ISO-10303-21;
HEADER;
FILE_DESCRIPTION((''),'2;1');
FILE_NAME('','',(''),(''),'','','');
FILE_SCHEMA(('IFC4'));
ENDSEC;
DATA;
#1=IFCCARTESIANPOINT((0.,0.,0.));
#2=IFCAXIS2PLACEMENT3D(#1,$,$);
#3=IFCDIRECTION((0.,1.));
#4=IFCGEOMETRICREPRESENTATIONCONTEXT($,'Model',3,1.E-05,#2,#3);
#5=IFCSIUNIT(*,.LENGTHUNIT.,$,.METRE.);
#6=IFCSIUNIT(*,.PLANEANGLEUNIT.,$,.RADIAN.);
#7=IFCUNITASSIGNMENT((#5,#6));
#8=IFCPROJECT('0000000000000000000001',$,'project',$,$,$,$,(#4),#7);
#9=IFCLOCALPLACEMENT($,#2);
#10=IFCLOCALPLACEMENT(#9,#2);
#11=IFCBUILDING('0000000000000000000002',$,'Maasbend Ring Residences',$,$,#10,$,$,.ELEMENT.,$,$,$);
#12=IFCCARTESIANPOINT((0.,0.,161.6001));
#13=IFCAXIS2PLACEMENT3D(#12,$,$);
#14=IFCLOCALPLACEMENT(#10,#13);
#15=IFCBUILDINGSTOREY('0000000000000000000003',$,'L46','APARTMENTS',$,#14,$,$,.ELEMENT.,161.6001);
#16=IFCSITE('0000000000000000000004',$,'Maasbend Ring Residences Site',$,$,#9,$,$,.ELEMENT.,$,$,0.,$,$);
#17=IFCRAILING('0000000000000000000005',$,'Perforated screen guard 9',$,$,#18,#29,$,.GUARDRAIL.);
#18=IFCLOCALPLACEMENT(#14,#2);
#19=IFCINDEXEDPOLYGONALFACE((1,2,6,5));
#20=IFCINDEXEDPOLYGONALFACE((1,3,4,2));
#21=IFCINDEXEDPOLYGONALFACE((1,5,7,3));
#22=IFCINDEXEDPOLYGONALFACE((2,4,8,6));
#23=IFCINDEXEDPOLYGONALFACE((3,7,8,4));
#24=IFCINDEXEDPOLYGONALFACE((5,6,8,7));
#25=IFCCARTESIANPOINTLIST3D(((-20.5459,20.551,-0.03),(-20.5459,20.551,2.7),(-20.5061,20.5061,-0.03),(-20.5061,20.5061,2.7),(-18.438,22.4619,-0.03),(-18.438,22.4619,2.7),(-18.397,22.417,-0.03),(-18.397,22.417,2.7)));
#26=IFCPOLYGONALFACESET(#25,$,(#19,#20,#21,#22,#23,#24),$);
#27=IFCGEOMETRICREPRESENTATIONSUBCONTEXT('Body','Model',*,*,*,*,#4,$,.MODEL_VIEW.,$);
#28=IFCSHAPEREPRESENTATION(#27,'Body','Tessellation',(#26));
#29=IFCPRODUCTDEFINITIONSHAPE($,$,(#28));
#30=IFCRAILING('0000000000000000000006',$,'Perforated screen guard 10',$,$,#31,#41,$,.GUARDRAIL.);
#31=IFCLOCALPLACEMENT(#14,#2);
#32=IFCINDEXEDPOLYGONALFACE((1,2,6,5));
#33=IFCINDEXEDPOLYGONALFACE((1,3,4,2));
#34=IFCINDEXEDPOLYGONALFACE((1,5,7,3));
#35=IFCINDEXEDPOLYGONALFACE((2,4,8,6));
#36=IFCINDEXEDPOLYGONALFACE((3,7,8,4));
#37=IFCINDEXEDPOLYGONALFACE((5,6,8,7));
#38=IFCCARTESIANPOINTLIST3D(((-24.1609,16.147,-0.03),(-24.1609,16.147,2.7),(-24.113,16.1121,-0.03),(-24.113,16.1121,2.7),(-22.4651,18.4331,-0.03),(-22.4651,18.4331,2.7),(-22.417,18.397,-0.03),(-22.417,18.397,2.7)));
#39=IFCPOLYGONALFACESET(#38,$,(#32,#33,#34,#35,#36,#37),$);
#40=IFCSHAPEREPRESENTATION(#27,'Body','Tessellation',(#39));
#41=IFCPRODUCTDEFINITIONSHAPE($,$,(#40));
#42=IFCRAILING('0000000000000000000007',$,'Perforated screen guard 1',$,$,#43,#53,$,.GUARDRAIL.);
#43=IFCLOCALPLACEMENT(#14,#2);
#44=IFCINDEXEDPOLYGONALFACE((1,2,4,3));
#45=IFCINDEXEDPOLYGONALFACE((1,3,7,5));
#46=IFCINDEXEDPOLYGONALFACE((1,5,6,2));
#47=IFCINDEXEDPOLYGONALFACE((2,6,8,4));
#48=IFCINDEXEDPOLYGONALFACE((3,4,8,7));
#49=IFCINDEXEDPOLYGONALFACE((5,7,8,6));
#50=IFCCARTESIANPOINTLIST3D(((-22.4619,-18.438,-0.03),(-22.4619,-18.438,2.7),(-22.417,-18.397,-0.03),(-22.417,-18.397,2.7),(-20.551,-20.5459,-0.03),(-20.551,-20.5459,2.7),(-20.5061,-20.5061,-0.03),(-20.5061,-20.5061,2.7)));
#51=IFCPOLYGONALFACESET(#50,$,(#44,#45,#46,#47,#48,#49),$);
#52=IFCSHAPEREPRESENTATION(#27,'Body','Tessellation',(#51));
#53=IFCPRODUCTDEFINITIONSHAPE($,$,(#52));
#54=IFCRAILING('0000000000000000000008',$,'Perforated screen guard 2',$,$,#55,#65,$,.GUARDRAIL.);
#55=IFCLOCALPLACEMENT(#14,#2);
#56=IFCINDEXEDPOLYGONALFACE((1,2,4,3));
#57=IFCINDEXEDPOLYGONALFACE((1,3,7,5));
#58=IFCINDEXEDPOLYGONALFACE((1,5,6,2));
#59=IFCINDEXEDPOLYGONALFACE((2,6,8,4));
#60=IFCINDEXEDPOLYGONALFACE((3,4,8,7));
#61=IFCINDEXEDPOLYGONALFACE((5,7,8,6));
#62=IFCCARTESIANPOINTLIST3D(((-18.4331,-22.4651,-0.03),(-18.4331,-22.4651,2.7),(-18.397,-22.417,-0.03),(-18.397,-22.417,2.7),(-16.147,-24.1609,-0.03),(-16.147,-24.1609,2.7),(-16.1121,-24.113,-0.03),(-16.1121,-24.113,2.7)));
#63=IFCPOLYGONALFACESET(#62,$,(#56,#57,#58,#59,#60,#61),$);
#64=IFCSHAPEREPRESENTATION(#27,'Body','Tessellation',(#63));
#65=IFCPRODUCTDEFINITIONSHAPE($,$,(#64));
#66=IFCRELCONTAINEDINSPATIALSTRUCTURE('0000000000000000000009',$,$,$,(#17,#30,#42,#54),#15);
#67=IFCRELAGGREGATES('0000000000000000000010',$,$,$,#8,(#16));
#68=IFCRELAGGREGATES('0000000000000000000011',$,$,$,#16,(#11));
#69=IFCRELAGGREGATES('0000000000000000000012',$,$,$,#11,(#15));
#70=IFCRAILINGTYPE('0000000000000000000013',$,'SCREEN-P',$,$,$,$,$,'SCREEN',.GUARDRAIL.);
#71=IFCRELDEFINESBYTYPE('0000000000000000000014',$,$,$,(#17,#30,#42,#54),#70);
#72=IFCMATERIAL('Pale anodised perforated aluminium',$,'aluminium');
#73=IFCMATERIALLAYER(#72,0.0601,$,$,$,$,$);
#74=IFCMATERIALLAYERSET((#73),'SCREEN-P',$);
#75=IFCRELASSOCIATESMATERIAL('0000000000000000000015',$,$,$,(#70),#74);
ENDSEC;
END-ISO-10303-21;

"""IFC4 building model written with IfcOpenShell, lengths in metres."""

from ifc_helpers import new_model, si_unit, direction, frame, origin, place, context, subcontext, project, spatial, polyline, outline, extrude, material, layer, layer_set, type_object, element, save


model = new_model("IFC4")

# Units and contexts
model_context = context("Model", 3, precision=1e-05, world=origin(), true_north=direction((0.0, 1.0)))
body_context = subcontext(model_context, "Body", "Model", "MODEL_VIEW")
ifc_project = project(units=[si_unit("LENGTHUNIT", "METRE"), si_unit("PLANEANGLEUNIT", "RADIAN")], contexts=[model_context])

# Site, building, storey
site_placement = place(None, origin())
site = spatial("IfcSite", under=ifc_project, at=site_placement, Name="Maasbend Ring Residences Site", CompositionType="ELEMENT", RefElevation=0.0)
building_placement = place(site_placement, origin())
building = spatial("IfcBuilding", under=site, at=building_placement, Name="Maasbend Ring Residences", CompositionType="ELEMENT")
storey_placement = place(building_placement, frame((0.0, 0.0, 161.6001)))
storey = spatial("IfcBuildingStorey", under=building, at=storey_placement, Name="L46", Description="APARTMENTS", CompositionType="ELEMENT", Elevation=161.6001)

# Railings
ifc_material_1 = material(Name="Pale anodised perforated aluminium", Category="aluminium")
ifc_layer_1 = layer(ifc_material_1, 0.0601)
ifc_layer_set_1 = layer_set([ifc_layer_1], Name="SCREEN-P")
railing_type = type_object("IfcRailingType", Name="SCREEN-P", ElementType="SCREEN", PredefinedType="GUARDRAIL", material=ifc_layer_set_1)
railing_1_placement = place(storey_placement, frame((0.0, 0.0, -0.03)))
element("IfcRailing", 1, at=railing_1_placement, inside=storey, type_object=railing_type, Name="Perforated screen guard 9", PredefinedType="GUARDRAIL", context=body_context, shape_type="SweptSolid", body=[
    extrude(outline(polyline([(-18.397, 22.417), (-20.5061, 20.5061), (-20.5459, 20.551), (-18.438, 22.4619), (-18.397, 22.417)])), origin(), (0.0, 0.0, 1.0), 2.73),
])
railing_2_placement = place(storey_placement, frame((0.0, 0.0, -0.03)))
element("IfcRailing", 2, at=railing_2_placement, inside=storey, type_object=railing_type, Name="Perforated screen guard 10", PredefinedType="GUARDRAIL", context=body_context, shape_type="SweptSolid", body=[
    extrude(outline(polyline([(-22.417, 18.397), (-24.113, 16.1121), (-24.1609, 16.147), (-22.4651, 18.4331), (-22.417, 18.397)])), origin(), (0.0, 0.0, 1.0), 2.73),
])
railing_3_placement = place(storey_placement, frame((0.0, 0.0, -0.03)))
element("IfcRailing", 3, at=railing_3_placement, inside=storey, type_object=railing_type, Name="Perforated screen guard 1", PredefinedType="GUARDRAIL", context=body_context, shape_type="SweptSolid", body=[
    extrude(outline(polyline([(-22.417, -18.397), (-20.5061, -20.5061), (-20.551, -20.5459), (-22.4619, -18.438), (-22.417, -18.397)])), origin(), (0.0, 0.0, 1.0), 2.73),
])
railing_4_placement = place(storey_placement, frame((0.0, 0.0, -0.03)))
element("IfcRailing", 4, at=railing_4_placement, inside=storey, type_object=railing_type, Name="Perforated screen guard 2", PredefinedType="GUARDRAIL", context=body_context, shape_type="SweptSolid", body=[
    extrude(outline(polyline([(-18.397, -22.417), (-16.1121, -24.113), (-16.147, -24.1609), (-18.4331, -22.4651), (-18.397, -22.417)])), origin(), (0.0, 0.0, 1.0), 2.73),
])

save(model, "model.ifc")
